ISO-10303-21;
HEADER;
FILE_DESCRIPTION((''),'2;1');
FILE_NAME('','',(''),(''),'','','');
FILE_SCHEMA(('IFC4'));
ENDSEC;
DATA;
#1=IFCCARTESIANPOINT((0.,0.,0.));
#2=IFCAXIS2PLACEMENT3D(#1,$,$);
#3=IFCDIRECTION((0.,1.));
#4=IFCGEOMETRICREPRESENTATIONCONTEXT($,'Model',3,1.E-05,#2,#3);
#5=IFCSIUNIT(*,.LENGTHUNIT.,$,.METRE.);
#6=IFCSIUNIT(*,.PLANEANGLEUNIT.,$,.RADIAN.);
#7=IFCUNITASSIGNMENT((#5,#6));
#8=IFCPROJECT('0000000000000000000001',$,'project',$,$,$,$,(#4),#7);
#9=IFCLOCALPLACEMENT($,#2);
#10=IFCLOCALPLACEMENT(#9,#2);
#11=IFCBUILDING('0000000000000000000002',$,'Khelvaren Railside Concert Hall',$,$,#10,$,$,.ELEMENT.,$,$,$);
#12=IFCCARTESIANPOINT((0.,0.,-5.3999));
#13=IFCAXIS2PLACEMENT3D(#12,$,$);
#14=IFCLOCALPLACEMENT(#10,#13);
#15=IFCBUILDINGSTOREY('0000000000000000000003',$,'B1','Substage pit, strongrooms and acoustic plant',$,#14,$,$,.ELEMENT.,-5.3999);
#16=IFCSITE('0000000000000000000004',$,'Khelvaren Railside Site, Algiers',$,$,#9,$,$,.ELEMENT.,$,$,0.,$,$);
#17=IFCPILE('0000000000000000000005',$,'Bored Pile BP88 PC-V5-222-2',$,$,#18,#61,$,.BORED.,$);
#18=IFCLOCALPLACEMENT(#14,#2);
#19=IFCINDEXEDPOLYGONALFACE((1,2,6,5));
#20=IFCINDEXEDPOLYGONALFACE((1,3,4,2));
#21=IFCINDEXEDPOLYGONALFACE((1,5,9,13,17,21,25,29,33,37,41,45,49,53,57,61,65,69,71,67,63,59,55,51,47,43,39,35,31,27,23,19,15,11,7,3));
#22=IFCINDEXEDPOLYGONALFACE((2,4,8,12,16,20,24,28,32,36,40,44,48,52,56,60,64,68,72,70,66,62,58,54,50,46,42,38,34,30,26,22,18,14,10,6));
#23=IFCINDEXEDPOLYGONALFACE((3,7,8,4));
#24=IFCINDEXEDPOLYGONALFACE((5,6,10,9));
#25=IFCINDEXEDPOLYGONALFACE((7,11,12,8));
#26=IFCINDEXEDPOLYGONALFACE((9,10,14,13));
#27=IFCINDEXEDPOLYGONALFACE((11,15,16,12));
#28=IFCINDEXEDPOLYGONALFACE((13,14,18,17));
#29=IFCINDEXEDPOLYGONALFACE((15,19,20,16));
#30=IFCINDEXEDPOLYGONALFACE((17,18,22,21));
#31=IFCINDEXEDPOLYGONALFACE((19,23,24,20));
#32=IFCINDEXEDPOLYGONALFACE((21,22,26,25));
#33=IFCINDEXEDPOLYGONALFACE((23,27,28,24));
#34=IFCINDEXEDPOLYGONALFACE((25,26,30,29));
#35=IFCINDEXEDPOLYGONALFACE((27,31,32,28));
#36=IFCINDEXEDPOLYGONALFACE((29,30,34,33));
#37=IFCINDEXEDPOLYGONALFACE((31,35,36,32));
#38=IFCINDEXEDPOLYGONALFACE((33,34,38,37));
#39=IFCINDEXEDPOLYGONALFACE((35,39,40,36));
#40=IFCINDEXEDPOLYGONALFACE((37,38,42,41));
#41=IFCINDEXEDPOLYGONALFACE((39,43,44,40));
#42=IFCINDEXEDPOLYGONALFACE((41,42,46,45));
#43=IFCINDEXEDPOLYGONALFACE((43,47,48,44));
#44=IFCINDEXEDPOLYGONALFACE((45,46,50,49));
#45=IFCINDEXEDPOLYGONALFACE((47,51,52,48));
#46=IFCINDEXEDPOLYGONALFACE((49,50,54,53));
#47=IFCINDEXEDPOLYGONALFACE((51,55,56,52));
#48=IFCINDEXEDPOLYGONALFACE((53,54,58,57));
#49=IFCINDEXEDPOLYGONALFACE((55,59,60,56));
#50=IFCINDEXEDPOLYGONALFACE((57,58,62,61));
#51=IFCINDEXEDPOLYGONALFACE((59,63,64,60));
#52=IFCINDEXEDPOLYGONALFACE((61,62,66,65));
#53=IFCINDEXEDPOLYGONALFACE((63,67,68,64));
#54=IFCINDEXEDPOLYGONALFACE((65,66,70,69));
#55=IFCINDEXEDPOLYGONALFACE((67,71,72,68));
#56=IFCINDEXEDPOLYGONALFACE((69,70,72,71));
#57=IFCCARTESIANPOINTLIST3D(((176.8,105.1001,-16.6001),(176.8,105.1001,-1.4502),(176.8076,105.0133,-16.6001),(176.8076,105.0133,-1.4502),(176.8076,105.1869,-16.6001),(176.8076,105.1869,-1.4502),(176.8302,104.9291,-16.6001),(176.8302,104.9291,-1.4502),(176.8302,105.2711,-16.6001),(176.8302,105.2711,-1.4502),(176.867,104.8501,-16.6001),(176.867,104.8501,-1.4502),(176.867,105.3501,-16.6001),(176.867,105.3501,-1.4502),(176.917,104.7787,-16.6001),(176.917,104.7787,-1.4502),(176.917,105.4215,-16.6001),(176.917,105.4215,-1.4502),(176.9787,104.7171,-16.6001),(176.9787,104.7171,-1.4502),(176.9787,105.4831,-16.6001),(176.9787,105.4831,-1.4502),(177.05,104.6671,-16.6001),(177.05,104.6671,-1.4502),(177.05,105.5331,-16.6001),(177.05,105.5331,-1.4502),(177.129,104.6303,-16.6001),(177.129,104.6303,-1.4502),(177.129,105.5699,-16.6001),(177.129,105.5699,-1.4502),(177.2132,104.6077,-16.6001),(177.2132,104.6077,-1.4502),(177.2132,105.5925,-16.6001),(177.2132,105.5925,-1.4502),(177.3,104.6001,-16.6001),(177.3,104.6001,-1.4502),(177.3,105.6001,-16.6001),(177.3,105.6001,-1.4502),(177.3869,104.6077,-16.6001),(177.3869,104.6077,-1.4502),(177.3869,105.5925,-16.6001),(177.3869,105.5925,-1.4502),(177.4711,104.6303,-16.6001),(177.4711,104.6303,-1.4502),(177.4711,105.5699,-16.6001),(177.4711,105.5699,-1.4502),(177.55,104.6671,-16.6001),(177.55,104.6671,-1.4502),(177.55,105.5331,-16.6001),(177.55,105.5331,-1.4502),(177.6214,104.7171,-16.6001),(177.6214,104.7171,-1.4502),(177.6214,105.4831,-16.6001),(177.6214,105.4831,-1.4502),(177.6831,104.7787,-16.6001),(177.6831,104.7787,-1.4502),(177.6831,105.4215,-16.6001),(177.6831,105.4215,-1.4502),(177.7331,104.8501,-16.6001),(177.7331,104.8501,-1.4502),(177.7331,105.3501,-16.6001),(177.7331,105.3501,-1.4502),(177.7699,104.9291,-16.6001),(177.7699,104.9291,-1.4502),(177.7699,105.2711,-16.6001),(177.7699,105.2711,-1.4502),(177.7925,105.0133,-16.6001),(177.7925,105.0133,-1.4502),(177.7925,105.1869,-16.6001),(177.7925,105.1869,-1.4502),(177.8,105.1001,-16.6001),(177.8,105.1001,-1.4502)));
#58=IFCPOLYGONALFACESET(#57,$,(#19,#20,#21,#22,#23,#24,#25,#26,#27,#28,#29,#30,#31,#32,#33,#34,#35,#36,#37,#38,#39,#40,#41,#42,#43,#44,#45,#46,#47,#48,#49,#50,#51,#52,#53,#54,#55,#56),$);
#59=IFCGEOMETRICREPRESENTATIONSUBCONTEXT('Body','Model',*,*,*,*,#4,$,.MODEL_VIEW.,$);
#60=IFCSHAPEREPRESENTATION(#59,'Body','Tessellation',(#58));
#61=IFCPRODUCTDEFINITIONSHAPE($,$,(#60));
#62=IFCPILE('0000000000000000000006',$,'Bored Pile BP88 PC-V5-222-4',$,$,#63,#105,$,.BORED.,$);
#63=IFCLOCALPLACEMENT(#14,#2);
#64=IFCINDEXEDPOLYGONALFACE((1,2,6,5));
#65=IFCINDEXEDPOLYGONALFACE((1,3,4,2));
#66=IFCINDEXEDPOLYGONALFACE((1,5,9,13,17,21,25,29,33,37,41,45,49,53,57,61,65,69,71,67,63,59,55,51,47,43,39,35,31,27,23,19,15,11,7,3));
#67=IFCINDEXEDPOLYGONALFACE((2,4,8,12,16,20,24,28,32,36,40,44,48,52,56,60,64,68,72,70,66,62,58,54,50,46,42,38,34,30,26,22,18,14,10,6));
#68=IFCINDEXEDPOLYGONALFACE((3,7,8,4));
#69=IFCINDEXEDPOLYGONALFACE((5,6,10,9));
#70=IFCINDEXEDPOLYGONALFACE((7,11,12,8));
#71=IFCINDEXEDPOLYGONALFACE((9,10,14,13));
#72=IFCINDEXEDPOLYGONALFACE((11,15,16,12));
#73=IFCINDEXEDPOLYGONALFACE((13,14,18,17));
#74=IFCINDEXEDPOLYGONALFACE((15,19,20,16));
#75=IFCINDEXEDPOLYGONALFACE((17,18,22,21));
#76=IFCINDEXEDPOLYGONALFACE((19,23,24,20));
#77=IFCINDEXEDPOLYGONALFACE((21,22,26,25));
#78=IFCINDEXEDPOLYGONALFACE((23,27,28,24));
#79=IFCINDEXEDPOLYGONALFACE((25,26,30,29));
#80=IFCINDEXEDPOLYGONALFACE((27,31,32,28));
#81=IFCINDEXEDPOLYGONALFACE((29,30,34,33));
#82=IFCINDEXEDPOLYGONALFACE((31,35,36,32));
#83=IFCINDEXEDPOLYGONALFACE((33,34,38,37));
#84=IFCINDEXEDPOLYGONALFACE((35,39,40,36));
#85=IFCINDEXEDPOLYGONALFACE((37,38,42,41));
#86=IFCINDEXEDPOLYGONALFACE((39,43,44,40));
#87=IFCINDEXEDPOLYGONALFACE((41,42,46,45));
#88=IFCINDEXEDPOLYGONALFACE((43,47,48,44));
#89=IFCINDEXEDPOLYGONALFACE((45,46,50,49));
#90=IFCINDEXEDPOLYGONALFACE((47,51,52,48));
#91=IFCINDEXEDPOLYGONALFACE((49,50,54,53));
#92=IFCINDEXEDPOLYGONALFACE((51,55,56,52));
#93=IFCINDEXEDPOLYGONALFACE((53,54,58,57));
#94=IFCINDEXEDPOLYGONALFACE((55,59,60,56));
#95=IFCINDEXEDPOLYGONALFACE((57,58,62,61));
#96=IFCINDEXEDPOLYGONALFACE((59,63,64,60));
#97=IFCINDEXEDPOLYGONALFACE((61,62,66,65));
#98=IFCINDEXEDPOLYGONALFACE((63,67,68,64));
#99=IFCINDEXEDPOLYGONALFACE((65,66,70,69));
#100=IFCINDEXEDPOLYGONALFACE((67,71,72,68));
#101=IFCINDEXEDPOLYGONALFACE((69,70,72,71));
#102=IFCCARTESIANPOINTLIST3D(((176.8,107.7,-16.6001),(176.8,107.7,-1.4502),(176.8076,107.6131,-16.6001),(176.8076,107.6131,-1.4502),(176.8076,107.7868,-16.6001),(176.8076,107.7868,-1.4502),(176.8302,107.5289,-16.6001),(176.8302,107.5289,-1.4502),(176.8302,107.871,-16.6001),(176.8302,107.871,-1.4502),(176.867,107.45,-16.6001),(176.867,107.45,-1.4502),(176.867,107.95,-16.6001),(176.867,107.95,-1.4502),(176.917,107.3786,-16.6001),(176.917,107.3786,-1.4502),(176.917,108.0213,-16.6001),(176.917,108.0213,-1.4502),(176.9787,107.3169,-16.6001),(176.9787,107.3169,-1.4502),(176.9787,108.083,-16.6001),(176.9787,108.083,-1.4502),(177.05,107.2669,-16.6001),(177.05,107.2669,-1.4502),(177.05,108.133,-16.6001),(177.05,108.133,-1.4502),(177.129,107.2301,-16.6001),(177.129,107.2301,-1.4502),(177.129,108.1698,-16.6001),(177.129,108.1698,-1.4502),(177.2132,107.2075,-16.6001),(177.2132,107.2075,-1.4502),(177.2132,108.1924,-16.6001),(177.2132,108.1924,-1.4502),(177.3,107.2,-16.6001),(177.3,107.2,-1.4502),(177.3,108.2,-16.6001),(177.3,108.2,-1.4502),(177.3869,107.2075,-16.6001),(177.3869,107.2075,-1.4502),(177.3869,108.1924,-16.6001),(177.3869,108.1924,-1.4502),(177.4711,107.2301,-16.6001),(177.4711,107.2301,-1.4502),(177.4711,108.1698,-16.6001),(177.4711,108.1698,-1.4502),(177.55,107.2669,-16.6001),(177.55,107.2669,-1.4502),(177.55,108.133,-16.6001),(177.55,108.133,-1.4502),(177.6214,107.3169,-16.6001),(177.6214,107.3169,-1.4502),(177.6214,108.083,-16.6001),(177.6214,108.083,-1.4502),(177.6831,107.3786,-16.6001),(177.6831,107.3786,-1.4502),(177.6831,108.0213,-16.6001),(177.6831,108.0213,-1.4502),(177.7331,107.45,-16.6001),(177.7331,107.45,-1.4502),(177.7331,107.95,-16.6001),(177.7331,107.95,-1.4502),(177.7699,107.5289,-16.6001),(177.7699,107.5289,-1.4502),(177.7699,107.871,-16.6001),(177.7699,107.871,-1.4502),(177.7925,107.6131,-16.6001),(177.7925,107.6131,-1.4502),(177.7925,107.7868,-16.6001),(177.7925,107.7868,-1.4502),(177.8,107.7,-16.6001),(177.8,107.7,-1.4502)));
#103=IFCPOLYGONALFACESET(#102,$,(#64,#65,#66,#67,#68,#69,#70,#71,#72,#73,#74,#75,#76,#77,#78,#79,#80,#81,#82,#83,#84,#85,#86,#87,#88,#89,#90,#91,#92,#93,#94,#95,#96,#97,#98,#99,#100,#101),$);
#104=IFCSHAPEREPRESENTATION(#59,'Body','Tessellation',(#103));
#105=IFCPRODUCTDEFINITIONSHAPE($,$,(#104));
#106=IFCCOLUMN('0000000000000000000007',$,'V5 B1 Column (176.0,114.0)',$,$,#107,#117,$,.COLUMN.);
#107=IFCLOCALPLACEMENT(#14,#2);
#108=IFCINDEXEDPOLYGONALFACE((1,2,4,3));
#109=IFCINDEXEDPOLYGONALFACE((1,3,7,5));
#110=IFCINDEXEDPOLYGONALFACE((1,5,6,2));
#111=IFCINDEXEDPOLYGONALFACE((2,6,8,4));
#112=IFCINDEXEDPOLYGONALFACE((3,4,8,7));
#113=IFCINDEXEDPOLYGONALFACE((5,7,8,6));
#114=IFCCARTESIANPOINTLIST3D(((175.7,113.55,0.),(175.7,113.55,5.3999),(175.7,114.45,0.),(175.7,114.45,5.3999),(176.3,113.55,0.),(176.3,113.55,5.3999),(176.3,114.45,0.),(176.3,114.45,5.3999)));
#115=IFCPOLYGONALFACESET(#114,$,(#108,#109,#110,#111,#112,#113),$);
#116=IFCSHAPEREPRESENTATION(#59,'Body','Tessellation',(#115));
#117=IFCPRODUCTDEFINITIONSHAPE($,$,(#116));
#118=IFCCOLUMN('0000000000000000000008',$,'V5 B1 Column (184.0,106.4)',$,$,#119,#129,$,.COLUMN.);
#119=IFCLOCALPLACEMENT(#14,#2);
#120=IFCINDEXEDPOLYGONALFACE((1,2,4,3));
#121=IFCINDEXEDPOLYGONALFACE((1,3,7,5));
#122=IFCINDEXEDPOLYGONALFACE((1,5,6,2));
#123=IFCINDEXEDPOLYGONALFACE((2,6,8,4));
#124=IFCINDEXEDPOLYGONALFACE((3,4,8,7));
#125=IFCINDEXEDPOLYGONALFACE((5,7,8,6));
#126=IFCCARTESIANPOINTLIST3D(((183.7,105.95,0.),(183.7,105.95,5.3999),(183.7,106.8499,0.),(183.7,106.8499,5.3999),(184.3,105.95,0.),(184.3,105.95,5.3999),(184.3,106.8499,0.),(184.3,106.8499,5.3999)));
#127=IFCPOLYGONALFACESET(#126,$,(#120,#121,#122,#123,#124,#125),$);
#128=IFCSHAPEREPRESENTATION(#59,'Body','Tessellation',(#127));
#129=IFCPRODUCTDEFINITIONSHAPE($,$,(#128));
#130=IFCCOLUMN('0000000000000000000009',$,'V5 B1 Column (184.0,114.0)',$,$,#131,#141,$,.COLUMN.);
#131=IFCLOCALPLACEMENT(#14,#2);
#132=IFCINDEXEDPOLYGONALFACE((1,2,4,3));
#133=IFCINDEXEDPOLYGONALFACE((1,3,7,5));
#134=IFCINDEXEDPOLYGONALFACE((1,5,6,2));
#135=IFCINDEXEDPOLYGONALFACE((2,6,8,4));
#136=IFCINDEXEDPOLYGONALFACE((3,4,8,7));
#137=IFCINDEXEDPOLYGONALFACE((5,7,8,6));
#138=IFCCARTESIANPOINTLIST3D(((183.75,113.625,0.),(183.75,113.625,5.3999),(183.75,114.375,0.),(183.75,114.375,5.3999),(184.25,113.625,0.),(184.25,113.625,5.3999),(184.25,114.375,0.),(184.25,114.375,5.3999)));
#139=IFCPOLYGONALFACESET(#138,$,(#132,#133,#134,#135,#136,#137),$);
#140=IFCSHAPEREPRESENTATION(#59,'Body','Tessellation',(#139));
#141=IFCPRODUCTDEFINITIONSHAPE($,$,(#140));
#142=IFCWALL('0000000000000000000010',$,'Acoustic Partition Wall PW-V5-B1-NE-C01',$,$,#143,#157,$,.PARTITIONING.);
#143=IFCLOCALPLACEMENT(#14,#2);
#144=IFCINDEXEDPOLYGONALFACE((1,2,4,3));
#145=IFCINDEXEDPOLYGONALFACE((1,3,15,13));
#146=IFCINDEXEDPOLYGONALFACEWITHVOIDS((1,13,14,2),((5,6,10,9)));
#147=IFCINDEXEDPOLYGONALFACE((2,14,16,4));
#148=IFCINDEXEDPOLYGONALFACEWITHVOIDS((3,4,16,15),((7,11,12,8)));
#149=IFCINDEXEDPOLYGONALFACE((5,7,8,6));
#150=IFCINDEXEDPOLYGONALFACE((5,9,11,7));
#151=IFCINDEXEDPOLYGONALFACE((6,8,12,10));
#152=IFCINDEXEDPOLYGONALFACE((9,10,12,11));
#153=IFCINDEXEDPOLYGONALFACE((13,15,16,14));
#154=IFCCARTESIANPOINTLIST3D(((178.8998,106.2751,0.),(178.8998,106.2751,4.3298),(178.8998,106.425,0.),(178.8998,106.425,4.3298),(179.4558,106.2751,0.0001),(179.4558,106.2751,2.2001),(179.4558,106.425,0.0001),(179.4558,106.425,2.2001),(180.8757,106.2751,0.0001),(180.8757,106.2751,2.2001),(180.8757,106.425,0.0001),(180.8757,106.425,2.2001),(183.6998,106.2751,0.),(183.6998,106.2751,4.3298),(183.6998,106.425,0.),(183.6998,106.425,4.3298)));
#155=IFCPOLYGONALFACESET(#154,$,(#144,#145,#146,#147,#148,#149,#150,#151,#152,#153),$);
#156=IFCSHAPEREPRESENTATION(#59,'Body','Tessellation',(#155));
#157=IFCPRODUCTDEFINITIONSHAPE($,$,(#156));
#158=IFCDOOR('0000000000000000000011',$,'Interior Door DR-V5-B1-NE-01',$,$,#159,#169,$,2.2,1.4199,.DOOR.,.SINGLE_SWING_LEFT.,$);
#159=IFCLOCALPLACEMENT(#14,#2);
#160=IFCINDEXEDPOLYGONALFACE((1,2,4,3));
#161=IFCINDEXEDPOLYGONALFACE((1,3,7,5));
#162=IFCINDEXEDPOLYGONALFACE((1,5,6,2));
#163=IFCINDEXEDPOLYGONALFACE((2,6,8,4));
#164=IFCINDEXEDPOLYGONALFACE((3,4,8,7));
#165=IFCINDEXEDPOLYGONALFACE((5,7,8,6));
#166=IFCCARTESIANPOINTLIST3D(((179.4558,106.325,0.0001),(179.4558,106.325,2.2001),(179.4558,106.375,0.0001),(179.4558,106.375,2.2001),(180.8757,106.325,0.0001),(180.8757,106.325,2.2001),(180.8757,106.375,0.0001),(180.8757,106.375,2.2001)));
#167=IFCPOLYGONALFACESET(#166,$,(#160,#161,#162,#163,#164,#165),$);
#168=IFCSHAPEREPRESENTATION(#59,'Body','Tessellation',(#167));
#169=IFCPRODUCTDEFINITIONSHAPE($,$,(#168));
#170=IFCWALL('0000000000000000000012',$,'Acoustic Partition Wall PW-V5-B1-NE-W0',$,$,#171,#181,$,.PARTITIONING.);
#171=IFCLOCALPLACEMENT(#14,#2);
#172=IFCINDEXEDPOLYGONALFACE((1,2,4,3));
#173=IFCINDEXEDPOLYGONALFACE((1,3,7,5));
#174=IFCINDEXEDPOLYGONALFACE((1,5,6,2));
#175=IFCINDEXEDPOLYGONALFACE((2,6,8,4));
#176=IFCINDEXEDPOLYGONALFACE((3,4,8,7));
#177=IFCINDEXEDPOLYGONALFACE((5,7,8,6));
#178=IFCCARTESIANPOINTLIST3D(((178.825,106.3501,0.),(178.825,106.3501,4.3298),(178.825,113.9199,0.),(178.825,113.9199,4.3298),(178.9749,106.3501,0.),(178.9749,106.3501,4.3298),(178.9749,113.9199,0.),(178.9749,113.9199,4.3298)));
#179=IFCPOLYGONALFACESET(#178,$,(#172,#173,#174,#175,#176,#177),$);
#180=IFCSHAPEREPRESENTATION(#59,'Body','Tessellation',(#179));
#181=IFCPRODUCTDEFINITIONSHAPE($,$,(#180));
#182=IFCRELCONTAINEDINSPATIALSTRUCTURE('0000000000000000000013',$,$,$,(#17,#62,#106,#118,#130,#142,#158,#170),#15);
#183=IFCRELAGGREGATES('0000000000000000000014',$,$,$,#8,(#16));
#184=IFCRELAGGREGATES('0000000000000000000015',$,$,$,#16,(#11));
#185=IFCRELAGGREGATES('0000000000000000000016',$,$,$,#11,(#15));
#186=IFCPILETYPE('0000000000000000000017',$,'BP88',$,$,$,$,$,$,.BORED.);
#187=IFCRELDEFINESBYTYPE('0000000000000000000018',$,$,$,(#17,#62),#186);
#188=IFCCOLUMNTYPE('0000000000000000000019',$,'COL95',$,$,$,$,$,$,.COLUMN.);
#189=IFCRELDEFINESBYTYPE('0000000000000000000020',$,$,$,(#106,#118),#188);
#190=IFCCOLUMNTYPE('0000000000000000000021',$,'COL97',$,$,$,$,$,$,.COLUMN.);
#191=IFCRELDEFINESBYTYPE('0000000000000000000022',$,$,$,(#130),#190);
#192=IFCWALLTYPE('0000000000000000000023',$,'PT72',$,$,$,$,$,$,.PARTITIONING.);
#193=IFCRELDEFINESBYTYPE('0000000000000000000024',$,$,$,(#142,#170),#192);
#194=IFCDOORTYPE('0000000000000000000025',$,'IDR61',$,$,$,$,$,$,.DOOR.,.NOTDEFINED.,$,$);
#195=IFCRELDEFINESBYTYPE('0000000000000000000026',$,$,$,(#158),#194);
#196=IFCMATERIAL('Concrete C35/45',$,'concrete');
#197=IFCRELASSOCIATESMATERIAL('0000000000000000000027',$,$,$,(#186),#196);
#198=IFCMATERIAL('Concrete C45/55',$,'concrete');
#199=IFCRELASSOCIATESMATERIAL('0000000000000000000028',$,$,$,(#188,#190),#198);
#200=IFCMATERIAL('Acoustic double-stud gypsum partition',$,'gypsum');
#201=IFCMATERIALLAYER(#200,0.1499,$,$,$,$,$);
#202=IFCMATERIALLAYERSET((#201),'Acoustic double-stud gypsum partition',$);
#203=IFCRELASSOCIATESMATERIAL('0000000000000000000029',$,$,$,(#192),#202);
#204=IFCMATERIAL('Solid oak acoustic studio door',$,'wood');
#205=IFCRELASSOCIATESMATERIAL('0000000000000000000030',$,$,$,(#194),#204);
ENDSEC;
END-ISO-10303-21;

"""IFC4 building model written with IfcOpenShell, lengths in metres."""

from ifc_helpers import new_model, si_unit, direction, frame, frame_2d, origin, origin_2d, place, context, subcontext, project, spatial, rectangle, circle, extrude, material, layer, layer_set, material_profile, profile_set, type_object, element, fill, save


model = new_model("IFC4")

# Units and contexts
model_context = context("Model", 3, precision=1e-05, world=origin(), true_north=direction((0.0, 1.0)))
body_context = subcontext(model_context, "Body", "Model", "MODEL_VIEW")
ifc_project = project(units=[si_unit("LENGTHUNIT", "METRE"), si_unit("PLANEANGLEUNIT", "RADIAN")], contexts=[model_context])

# Site, building, storey
site_placement = place(None, origin())
site = spatial("IfcSite", under=ifc_project, at=site_placement, Name="Khelvaren Railside Site, Algiers", CompositionType="ELEMENT", RefElevation=0.0)
building_placement = place(site_placement, origin())
building = spatial("IfcBuilding", under=site, at=building_placement, Name="Khelvaren Railside Concert Hall", CompositionType="ELEMENT")
storey_placement = place(building_placement, frame((0.0, 0.0, -5.3999)))
storey = spatial("IfcBuildingStorey", under=building, at=storey_placement, Name="B1", Description="Substage pit, strongrooms and acoustic plant", CompositionType="ELEMENT", Elevation=-5.3999)

# Piles
ifc_material_1 = material(Name="Concrete C35/45", Category="concrete")
ifc_material_profile_1 = material_profile(ifc_material_1, circle(Radius=0.5, at=origin_2d()), Name="BP D1000")
ifc_profile_set_1 = profile_set([ifc_material_profile_1], Name="Concrete C35/45")
pile_type_1 = type_object("IfcPileType", Name="BP88", PredefinedType="BORED", material=ifc_profile_set_1)
for number, where, z_axis, x_axis, name in (
    (1, (177.3, 105.1001, -1.4502), (0.0, 0.0, -1.0), (1.0, 0.0, 0.0), "Bored Pile BP88 PC-V5-222-2"),
    (2, (177.3, 107.7, -1.4502), (0.0, 0.0, -1.0), (1.0, 0.0, 0.0), "Bored Pile BP88 PC-V5-222-4"),
):
    element("IfcPile", number, at=place(storey_placement, frame(where, z_axis=z_axis, x_axis=x_axis)), inside=storey, type_object=pile_type_1, Name=name, PredefinedType="BORED", context=body_context, shape_type="SweptSolid", body=[
        extrude(circle(Radius=0.5, at=origin_2d()), origin(), (0.0, 0.0, 1.0), 15.1499),
    ])

# Columns
ifc_material_2 = material(Name="Concrete C45/55", Category="concrete")
ifc_material_profile_2 = material_profile(ifc_material_2, rectangle(XDim=0.6001, YDim=0.8999, at=origin_2d()), Name="RC 600x900")
ifc_profile_set_2 = profile_set([ifc_material_profile_2], Name="Concrete C45/55")
column_type_1 = type_object("IfcColumnType", Name="COL95", PredefinedType="COLUMN", material=ifc_profile_set_2)
for number, where, z_axis, x_axis, name in (
    (3, (176.0, 114.0, 0.0), (0.0, 0.0, 1.0), (1.0, 0.0, 0.0), "V5 B1 Column (176.0,114.0)"),
    (4, (184.0, 106.3999, 0.0), (0.0, 0.0, 1.0), (1.0, 0.0, 0.0), "V5 B1 Column (184.0,106.4)"),
):
    element("IfcColumn", number, at=place(storey_placement, frame(where, z_axis=z_axis, x_axis=x_axis)), inside=storey, type_object=column_type_1, Name=name, PredefinedType="COLUMN", context=body_context, shape_type="SweptSolid", body=[
        extrude(rectangle(XDim=0.6001, YDim=0.8999, at=origin_2d()), origin(), (0.0, 0.0, 1.0), 5.3999),
    ])
ifc_material_profile_3 = material_profile(ifc_material_2, rectangle(XDim=0.5, YDim=0.75, at=origin_2d()), Name="RC 500x750")
ifc_profile_set_3 = profile_set([ifc_material_profile_3], Name="Concrete C45/55")
column_type_2 = type_object("IfcColumnType", Name="COL97", PredefinedType="COLUMN", material=ifc_profile_set_3)
column_placement = place(storey_placement, frame((184.0, 114.0, 0.0), z_axis=(0.0, 0.0, 1.0), x_axis=(1.0, 0.0, 0.0)))
element("IfcColumn", 5, at=column_placement, inside=storey, type_object=column_type_2, Name="V5 B1 Column (184.0,114.0)", PredefinedType="COLUMN", context=body_context, shape_type="SweptSolid", body=[
    extrude(rectangle(XDim=0.5, YDim=0.75, at=origin_2d()), origin(), (0.0, 0.0, 1.0), 5.3999),
])

# Wall, opening, door
ifc_material_3 = material(Name="Acoustic double-stud gypsum partition", Category="gypsum")
ifc_layer_1 = layer(ifc_material_3, 0.1499)
ifc_layer_set_1 = layer_set([ifc_layer_1], Name="Acoustic double-stud gypsum partition")
wall_type_1 = type_object("IfcWallType", Name="PT72", PredefinedType="PARTITIONING", material=ifc_layer_set_1)
wall_1_placement = place(storey_placement, frame((178.8999, 106.3501, 0.0), z_axis=(0.0, 0.0, 1.0), x_axis=(1.0, 0.0, 0.0)))
wall_1 = element("IfcWall", 6, at=wall_1_placement, inside=storey, type_object=wall_type_1, Name="Acoustic Partition Wall PW-V5-B1-NE-C01", PredefinedType="PARTITIONING", context=body_context, shape_type="SweptSolid", body=[
    extrude(rectangle(XDim=4.8, YDim=0.1499, at=frame_2d((2.3999, 0.0))), origin(), (0.0, 0.0, 1.0), 4.3298),
])
opening_placement = place(wall_1_placement, frame((0.5559, 0.0, 0.0)))
opening = element("IfcOpeningElement", 7, at=opening_placement, cuts=wall_1, PredefinedType="OPENING", context=body_context, shape_type="SweptSolid", body=[
    extrude(rectangle(XDim=1.4199, YDim=2.2, at=frame_2d((0.71, 1.1001))), frame((0.0, 0.085, 0.0), z_axis=(0.0, -1.0, 0.0), x_axis=(1.0, 0.0, 0.0)), (0.0, 0.0, 1.0), 0.1699),
])
ifc_material_4 = material(Name="Solid oak acoustic studio door", Category="wood")
door_type = type_object("IfcDoorType", Name="IDR61", OperationType="NOTDEFINED", PredefinedType="DOOR", material=ifc_material_4)
door_placement = place(opening_placement, origin())
door = element("IfcDoor", 8, at=door_placement, inside=storey, type_object=door_type, Name="Interior Door DR-V5-B1-NE-01", OperationType="SINGLE_SWING_LEFT", OverallHeight=2.2, OverallWidth=1.4199, PredefinedType="DOOR", context=body_context, shape_type="SweptSolid", body=[
    extrude(rectangle(XDim=1.4199, YDim=2.2, at=frame_2d((0.71, 1.1001))), frame((0.0, 0.0249, 0.0), z_axis=(0.0, -1.0, 0.0), x_axis=(1.0, 0.0, 0.0)), (0.0, 0.0, 1.0), 0.05),
])
fill(opening, door)

# Wall
wall_2_placement = place(storey_placement, frame((178.8999, 106.3501, 0.0), z_axis=(0.0, 0.0, 1.0), x_axis=(0.0, 1.0, 0.0)))
element("IfcWall", 9, at=wall_2_placement, inside=storey, type_object=wall_type_1, Name="Acoustic Partition Wall PW-V5-B1-NE-W0", PredefinedType="PARTITIONING", context=body_context, shape_type="SweptSolid", body=[
    extrude(rectangle(XDim=7.5698, YDim=0.1499, at=frame_2d((3.7849, 0.0))), origin(), (0.0, 0.0, 1.0), 4.3298),
])

save(model, "model.ifc")
